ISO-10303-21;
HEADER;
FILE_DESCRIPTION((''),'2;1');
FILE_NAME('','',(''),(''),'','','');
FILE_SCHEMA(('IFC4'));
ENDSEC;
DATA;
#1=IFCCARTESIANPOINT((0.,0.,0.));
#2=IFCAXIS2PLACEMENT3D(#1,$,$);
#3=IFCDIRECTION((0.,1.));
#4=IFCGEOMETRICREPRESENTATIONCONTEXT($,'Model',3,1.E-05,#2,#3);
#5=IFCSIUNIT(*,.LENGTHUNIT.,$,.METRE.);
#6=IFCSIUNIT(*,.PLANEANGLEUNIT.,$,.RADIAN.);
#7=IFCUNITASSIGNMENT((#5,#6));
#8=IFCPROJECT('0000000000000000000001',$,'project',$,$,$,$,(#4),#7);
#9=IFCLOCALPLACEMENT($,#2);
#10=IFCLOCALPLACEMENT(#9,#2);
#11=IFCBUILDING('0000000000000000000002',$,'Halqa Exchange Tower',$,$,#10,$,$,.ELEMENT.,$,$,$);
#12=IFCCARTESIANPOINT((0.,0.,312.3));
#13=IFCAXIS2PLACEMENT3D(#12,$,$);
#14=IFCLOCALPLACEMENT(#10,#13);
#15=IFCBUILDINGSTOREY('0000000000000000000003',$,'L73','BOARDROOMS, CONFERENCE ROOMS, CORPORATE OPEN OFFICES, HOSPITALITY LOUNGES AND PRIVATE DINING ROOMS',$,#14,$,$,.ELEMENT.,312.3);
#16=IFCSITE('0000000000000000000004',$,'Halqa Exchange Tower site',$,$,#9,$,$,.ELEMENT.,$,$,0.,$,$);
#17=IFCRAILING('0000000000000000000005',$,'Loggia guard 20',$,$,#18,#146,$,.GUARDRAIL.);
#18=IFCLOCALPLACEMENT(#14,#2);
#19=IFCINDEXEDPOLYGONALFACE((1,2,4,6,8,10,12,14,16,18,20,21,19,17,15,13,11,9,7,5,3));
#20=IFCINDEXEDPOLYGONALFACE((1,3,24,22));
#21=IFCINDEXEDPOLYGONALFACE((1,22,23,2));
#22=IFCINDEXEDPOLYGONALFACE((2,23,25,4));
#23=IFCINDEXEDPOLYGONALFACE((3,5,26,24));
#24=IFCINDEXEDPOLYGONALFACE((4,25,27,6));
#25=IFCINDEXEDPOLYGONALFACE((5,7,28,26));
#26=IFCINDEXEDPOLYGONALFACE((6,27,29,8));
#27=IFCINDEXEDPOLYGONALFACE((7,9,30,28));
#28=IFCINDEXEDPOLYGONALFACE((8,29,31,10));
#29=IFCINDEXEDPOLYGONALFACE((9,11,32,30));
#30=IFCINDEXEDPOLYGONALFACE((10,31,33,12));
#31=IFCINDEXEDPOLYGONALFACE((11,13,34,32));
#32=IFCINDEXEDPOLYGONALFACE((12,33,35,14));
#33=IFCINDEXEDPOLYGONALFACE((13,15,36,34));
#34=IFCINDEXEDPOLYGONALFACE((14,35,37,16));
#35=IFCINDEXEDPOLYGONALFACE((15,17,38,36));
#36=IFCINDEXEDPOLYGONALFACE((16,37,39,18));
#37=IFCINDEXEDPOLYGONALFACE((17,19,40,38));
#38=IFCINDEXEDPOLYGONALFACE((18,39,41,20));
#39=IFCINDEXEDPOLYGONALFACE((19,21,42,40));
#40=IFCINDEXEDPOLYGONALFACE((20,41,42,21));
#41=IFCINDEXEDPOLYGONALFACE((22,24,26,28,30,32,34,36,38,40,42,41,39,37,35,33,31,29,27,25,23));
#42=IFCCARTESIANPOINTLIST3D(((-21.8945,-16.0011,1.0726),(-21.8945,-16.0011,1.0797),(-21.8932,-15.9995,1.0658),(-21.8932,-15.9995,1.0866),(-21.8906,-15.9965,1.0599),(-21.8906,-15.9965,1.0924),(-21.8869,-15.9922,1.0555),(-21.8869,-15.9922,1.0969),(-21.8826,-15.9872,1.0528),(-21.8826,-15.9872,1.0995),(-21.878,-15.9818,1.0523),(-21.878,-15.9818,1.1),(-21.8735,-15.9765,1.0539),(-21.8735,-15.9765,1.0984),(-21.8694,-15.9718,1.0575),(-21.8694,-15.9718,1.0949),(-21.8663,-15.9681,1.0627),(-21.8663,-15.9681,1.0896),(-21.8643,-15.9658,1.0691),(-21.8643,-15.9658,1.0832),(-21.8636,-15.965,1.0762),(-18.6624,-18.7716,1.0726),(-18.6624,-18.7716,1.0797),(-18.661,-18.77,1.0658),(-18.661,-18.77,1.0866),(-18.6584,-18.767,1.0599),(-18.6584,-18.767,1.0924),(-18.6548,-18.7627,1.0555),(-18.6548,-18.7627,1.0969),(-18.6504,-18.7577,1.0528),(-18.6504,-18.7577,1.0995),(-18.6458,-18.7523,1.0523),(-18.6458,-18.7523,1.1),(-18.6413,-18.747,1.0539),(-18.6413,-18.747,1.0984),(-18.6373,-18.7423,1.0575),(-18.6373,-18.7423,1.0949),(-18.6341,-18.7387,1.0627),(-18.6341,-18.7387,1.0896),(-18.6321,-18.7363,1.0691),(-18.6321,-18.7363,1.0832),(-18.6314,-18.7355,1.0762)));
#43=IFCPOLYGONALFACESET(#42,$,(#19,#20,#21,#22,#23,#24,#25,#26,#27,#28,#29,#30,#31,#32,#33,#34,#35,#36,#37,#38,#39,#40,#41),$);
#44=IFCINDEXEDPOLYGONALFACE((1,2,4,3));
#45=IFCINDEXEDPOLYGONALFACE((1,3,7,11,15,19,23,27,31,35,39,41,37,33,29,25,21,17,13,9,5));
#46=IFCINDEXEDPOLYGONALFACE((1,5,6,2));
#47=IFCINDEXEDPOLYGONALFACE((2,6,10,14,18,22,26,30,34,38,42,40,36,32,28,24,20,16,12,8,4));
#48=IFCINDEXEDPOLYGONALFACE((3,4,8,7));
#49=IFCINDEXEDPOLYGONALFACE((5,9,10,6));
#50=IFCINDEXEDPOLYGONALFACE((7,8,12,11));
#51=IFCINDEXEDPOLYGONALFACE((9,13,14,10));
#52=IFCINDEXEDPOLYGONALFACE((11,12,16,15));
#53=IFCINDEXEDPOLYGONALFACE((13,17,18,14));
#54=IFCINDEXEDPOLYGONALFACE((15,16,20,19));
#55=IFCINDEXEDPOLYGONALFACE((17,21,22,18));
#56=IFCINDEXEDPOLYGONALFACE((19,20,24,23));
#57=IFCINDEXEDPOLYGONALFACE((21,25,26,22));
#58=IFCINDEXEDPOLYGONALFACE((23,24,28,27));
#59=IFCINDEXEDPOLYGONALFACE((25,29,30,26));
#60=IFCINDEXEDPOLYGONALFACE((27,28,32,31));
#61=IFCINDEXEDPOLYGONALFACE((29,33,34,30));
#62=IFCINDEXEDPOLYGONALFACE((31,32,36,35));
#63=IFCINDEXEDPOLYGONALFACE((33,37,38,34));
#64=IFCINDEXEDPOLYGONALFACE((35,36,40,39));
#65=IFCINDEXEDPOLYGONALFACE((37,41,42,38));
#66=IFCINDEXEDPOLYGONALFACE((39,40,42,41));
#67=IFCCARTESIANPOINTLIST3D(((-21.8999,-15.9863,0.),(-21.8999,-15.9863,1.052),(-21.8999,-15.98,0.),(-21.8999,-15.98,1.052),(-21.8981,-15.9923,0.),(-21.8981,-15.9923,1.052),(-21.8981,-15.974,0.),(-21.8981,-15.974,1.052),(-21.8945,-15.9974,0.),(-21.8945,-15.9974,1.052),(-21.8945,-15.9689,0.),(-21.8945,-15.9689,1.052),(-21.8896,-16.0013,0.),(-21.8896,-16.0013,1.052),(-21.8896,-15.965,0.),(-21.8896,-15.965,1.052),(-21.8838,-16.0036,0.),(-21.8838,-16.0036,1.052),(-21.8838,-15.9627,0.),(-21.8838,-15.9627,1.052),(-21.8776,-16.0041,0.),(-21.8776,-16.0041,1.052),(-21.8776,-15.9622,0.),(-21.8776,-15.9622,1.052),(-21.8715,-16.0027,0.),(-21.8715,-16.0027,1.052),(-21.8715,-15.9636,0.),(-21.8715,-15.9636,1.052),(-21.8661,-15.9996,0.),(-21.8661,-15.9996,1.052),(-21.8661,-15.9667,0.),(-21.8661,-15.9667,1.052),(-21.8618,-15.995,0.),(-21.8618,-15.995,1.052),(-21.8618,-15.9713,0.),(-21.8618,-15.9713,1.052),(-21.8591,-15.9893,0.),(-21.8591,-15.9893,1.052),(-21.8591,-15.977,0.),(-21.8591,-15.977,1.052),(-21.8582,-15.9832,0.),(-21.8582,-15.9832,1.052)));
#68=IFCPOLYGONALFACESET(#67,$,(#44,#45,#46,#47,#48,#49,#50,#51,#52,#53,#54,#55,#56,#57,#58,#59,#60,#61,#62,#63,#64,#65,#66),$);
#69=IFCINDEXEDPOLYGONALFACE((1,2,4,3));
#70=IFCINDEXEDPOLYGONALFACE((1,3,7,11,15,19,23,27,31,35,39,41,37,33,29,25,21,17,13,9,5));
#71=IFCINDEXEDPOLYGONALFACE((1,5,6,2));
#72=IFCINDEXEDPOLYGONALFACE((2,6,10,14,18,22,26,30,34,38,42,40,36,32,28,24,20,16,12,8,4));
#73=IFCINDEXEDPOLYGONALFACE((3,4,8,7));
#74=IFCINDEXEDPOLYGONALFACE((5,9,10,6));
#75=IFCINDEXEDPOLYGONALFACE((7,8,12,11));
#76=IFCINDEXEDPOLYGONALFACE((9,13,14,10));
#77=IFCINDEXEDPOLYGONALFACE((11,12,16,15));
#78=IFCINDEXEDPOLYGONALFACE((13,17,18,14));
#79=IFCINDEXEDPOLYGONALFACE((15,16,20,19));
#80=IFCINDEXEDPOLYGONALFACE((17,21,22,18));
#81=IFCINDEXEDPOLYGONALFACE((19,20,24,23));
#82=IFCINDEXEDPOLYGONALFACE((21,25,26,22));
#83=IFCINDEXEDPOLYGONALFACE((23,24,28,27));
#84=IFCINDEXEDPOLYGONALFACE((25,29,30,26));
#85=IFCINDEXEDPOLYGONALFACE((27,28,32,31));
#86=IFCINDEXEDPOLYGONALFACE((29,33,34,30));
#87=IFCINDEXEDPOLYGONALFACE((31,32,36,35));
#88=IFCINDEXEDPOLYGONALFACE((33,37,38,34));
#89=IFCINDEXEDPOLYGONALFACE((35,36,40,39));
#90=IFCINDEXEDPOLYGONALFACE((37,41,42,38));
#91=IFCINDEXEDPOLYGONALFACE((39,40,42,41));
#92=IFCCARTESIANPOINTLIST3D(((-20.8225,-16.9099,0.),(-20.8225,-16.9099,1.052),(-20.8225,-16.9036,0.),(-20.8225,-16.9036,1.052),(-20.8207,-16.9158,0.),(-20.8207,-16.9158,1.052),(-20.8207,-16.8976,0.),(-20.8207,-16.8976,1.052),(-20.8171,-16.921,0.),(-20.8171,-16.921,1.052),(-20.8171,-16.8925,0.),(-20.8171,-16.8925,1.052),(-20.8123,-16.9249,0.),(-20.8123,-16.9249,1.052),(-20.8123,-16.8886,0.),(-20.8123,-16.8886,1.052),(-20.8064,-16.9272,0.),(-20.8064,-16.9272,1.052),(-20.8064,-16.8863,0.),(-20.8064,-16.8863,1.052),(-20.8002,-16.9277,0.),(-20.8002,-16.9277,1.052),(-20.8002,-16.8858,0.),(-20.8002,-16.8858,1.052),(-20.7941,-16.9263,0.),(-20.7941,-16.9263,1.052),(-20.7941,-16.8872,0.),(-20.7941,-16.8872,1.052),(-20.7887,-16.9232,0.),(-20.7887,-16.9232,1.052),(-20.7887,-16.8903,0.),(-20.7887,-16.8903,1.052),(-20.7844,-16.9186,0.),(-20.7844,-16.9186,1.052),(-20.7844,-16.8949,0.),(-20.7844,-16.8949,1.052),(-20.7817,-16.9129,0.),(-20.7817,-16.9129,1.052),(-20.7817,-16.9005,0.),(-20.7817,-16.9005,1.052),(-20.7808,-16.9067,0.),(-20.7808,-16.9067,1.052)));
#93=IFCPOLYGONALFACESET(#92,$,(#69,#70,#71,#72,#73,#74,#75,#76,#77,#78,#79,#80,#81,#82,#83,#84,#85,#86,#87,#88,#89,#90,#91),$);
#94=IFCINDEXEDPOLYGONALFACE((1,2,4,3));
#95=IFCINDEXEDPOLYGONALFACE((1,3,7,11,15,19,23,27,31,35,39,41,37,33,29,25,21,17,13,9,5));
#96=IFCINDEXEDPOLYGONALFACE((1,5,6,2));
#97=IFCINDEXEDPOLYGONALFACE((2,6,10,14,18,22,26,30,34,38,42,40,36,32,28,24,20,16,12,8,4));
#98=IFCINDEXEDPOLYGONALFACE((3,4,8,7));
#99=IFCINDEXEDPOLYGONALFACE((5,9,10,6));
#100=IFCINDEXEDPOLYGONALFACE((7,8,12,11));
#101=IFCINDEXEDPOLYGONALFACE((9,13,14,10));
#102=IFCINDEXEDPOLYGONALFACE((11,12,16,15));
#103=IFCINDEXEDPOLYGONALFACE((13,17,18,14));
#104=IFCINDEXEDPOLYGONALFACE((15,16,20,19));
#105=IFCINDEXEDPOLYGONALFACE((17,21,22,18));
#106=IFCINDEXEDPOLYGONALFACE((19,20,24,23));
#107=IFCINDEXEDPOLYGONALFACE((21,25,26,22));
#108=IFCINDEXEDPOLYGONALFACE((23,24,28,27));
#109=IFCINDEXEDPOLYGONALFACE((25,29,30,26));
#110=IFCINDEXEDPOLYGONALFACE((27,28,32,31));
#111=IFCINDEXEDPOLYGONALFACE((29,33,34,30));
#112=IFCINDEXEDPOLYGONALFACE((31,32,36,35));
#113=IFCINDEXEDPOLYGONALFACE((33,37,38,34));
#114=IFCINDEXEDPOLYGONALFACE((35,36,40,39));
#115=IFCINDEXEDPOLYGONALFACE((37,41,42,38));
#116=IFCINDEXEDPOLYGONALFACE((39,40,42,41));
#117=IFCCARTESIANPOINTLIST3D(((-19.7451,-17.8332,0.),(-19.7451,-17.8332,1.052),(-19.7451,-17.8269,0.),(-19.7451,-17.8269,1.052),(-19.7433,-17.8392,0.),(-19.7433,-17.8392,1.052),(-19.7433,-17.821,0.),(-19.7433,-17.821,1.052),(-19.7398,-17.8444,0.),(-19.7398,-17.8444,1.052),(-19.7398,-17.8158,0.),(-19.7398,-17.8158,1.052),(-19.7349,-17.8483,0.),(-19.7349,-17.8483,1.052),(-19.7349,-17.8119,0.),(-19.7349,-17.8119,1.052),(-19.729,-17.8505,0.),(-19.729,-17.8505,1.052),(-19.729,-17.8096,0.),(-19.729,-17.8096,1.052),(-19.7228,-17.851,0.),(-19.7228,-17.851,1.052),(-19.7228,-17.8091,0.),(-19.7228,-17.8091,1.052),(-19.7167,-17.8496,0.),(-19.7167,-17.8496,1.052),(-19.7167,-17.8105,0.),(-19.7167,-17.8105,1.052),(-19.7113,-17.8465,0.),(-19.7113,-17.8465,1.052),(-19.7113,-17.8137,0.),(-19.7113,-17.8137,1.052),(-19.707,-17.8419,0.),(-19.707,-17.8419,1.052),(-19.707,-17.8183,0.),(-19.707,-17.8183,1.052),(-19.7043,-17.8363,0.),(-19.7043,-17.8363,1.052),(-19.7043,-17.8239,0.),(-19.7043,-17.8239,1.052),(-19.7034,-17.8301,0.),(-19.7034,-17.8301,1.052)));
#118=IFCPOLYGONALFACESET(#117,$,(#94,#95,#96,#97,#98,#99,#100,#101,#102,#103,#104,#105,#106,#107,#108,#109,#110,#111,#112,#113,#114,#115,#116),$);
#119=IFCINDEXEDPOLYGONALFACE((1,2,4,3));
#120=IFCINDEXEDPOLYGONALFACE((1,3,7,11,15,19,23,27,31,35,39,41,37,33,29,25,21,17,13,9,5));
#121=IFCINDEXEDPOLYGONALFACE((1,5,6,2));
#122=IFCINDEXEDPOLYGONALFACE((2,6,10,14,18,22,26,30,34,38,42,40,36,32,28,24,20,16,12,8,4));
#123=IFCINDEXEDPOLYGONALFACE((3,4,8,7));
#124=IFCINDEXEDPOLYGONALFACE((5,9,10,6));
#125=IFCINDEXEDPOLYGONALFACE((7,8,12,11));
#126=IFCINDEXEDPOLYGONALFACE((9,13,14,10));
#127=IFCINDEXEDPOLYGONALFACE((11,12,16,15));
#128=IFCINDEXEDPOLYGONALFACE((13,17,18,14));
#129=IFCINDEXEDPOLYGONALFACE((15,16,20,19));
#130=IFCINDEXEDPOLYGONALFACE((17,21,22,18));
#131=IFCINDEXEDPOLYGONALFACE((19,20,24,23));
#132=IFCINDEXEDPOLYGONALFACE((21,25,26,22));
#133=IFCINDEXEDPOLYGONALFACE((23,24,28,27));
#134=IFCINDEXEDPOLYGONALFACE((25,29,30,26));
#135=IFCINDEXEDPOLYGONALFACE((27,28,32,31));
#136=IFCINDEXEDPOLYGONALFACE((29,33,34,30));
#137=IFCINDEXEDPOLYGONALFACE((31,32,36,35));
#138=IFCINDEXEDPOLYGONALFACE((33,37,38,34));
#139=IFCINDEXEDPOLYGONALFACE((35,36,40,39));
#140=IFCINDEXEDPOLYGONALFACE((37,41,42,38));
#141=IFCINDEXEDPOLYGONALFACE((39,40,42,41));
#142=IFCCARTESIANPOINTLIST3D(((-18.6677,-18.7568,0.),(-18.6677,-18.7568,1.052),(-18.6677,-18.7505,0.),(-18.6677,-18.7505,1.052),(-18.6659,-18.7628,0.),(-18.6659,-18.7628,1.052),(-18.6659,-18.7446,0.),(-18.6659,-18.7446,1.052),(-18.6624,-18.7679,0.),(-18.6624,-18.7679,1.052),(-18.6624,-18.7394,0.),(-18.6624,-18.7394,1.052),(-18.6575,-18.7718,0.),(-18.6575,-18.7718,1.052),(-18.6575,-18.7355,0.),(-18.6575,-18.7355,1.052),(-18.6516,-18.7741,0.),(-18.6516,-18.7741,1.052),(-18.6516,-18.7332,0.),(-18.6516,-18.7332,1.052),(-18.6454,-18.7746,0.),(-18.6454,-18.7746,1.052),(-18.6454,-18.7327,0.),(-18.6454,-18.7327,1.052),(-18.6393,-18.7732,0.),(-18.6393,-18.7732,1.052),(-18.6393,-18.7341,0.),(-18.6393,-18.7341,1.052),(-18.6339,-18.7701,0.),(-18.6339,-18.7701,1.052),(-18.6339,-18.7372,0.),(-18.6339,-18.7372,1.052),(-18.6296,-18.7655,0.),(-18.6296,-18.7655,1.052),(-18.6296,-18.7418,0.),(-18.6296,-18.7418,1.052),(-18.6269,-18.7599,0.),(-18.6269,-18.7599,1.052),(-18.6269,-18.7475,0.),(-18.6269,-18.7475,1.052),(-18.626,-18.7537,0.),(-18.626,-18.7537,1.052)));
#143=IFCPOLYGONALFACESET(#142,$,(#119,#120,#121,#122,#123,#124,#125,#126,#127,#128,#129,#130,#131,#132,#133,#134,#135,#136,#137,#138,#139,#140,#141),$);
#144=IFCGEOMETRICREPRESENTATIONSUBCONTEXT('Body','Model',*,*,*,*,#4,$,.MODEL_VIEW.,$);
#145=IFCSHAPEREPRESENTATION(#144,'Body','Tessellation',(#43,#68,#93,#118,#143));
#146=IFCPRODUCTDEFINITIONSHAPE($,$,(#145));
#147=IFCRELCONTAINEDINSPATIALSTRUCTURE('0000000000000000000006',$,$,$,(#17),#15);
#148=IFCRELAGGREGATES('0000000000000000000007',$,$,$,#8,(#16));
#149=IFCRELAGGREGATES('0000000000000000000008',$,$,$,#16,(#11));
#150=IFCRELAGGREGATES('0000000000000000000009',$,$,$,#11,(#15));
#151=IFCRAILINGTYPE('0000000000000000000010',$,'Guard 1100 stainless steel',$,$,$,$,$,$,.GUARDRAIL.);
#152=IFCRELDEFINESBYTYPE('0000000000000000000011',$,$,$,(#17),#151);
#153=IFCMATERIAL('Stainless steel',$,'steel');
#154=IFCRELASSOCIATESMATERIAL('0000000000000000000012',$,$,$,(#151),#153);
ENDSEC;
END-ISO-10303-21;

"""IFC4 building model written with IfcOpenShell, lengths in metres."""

from ifc_helpers import new_model, si_unit, direction, frame, origin, origin_2d, place, context, subcontext, project, spatial, circle, extrude, material, type_object, element, save


model = new_model("IFC4")

# Units and contexts
model_context = context("Model", 3, precision=1e-05, world=origin(), true_north=direction((0.0, 1.0)))
body_context = subcontext(model_context, "Body", "Model", "MODEL_VIEW")
ifc_project = project(units=[si_unit("LENGTHUNIT", "METRE"), si_unit("PLANEANGLEUNIT", "RADIAN")], contexts=[model_context])

# Site, building, storey
site_placement = place(None, origin())
site = spatial("IfcSite", under=ifc_project, at=site_placement, Name="Halqa Exchange Tower site", CompositionType="ELEMENT", RefElevation=0.0)
building_placement = place(site_placement, origin())
building = spatial("IfcBuilding", under=site, at=building_placement, Name="Halqa Exchange Tower", CompositionType="ELEMENT")
storey_placement = place(building_placement, frame((0.0, 0.0, 312.3)))
storey = spatial("IfcBuildingStorey", under=building, at=storey_placement, Name="L73", Description="BOARDROOMS, CONFERENCE ROOMS, CORPORATE OPEN OFFICES, HOSPITALITY LOUNGES AND PRIVATE DINING ROOMS", CompositionType="ELEMENT", Elevation=312.3)

# Railing
ifc_material_1 = material(Name="Stainless steel", Category="steel")
railing_type = type_object("IfcRailingType", Name="Guard 1100 stainless steel", PredefinedType="GUARDRAIL", material=ifc_material_1)
railing_1_placement = place(storey_placement, frame((-21.8792, -15.9832, 0.0)))
element("IfcRailing", 1, at=railing_1_placement, inside=storey, type_object=railing_type, Name="Loggia guard 20", PredefinedType="GUARDRAIL", context=body_context, shape_type="SweptSolid", body=[
    extrude(circle(Radius=0.0239, at=origin_2d()), frame((0.0, 0.0, 1.0762), z_axis=(0.759249, -0.650801, 0.0), x_axis=(0.650801, 0.759249, 0.0)), (0.0, 0.0, 1.0), 4.2571),
    extrude(circle(Radius=0.021, at=origin_2d()), origin(), (0.0, 0.0, 1.0), 1.052),
    extrude(circle(Radius=0.021, at=origin_2d()), frame((1.0774, -0.9236, 0.0)), (0.0, 0.0, 1.0), 1.052),
    extrude(circle(Radius=0.021, at=origin_2d()), frame((2.1548, -1.8469, 0.0)), (0.0, 0.0, 1.0), 1.052),
    extrude(circle(Radius=0.021, at=origin_2d()), frame((3.2322, -2.7705, 0.0)), (0.0, 0.0, 1.0), 1.052),
])

save(model, "model.ifc")
